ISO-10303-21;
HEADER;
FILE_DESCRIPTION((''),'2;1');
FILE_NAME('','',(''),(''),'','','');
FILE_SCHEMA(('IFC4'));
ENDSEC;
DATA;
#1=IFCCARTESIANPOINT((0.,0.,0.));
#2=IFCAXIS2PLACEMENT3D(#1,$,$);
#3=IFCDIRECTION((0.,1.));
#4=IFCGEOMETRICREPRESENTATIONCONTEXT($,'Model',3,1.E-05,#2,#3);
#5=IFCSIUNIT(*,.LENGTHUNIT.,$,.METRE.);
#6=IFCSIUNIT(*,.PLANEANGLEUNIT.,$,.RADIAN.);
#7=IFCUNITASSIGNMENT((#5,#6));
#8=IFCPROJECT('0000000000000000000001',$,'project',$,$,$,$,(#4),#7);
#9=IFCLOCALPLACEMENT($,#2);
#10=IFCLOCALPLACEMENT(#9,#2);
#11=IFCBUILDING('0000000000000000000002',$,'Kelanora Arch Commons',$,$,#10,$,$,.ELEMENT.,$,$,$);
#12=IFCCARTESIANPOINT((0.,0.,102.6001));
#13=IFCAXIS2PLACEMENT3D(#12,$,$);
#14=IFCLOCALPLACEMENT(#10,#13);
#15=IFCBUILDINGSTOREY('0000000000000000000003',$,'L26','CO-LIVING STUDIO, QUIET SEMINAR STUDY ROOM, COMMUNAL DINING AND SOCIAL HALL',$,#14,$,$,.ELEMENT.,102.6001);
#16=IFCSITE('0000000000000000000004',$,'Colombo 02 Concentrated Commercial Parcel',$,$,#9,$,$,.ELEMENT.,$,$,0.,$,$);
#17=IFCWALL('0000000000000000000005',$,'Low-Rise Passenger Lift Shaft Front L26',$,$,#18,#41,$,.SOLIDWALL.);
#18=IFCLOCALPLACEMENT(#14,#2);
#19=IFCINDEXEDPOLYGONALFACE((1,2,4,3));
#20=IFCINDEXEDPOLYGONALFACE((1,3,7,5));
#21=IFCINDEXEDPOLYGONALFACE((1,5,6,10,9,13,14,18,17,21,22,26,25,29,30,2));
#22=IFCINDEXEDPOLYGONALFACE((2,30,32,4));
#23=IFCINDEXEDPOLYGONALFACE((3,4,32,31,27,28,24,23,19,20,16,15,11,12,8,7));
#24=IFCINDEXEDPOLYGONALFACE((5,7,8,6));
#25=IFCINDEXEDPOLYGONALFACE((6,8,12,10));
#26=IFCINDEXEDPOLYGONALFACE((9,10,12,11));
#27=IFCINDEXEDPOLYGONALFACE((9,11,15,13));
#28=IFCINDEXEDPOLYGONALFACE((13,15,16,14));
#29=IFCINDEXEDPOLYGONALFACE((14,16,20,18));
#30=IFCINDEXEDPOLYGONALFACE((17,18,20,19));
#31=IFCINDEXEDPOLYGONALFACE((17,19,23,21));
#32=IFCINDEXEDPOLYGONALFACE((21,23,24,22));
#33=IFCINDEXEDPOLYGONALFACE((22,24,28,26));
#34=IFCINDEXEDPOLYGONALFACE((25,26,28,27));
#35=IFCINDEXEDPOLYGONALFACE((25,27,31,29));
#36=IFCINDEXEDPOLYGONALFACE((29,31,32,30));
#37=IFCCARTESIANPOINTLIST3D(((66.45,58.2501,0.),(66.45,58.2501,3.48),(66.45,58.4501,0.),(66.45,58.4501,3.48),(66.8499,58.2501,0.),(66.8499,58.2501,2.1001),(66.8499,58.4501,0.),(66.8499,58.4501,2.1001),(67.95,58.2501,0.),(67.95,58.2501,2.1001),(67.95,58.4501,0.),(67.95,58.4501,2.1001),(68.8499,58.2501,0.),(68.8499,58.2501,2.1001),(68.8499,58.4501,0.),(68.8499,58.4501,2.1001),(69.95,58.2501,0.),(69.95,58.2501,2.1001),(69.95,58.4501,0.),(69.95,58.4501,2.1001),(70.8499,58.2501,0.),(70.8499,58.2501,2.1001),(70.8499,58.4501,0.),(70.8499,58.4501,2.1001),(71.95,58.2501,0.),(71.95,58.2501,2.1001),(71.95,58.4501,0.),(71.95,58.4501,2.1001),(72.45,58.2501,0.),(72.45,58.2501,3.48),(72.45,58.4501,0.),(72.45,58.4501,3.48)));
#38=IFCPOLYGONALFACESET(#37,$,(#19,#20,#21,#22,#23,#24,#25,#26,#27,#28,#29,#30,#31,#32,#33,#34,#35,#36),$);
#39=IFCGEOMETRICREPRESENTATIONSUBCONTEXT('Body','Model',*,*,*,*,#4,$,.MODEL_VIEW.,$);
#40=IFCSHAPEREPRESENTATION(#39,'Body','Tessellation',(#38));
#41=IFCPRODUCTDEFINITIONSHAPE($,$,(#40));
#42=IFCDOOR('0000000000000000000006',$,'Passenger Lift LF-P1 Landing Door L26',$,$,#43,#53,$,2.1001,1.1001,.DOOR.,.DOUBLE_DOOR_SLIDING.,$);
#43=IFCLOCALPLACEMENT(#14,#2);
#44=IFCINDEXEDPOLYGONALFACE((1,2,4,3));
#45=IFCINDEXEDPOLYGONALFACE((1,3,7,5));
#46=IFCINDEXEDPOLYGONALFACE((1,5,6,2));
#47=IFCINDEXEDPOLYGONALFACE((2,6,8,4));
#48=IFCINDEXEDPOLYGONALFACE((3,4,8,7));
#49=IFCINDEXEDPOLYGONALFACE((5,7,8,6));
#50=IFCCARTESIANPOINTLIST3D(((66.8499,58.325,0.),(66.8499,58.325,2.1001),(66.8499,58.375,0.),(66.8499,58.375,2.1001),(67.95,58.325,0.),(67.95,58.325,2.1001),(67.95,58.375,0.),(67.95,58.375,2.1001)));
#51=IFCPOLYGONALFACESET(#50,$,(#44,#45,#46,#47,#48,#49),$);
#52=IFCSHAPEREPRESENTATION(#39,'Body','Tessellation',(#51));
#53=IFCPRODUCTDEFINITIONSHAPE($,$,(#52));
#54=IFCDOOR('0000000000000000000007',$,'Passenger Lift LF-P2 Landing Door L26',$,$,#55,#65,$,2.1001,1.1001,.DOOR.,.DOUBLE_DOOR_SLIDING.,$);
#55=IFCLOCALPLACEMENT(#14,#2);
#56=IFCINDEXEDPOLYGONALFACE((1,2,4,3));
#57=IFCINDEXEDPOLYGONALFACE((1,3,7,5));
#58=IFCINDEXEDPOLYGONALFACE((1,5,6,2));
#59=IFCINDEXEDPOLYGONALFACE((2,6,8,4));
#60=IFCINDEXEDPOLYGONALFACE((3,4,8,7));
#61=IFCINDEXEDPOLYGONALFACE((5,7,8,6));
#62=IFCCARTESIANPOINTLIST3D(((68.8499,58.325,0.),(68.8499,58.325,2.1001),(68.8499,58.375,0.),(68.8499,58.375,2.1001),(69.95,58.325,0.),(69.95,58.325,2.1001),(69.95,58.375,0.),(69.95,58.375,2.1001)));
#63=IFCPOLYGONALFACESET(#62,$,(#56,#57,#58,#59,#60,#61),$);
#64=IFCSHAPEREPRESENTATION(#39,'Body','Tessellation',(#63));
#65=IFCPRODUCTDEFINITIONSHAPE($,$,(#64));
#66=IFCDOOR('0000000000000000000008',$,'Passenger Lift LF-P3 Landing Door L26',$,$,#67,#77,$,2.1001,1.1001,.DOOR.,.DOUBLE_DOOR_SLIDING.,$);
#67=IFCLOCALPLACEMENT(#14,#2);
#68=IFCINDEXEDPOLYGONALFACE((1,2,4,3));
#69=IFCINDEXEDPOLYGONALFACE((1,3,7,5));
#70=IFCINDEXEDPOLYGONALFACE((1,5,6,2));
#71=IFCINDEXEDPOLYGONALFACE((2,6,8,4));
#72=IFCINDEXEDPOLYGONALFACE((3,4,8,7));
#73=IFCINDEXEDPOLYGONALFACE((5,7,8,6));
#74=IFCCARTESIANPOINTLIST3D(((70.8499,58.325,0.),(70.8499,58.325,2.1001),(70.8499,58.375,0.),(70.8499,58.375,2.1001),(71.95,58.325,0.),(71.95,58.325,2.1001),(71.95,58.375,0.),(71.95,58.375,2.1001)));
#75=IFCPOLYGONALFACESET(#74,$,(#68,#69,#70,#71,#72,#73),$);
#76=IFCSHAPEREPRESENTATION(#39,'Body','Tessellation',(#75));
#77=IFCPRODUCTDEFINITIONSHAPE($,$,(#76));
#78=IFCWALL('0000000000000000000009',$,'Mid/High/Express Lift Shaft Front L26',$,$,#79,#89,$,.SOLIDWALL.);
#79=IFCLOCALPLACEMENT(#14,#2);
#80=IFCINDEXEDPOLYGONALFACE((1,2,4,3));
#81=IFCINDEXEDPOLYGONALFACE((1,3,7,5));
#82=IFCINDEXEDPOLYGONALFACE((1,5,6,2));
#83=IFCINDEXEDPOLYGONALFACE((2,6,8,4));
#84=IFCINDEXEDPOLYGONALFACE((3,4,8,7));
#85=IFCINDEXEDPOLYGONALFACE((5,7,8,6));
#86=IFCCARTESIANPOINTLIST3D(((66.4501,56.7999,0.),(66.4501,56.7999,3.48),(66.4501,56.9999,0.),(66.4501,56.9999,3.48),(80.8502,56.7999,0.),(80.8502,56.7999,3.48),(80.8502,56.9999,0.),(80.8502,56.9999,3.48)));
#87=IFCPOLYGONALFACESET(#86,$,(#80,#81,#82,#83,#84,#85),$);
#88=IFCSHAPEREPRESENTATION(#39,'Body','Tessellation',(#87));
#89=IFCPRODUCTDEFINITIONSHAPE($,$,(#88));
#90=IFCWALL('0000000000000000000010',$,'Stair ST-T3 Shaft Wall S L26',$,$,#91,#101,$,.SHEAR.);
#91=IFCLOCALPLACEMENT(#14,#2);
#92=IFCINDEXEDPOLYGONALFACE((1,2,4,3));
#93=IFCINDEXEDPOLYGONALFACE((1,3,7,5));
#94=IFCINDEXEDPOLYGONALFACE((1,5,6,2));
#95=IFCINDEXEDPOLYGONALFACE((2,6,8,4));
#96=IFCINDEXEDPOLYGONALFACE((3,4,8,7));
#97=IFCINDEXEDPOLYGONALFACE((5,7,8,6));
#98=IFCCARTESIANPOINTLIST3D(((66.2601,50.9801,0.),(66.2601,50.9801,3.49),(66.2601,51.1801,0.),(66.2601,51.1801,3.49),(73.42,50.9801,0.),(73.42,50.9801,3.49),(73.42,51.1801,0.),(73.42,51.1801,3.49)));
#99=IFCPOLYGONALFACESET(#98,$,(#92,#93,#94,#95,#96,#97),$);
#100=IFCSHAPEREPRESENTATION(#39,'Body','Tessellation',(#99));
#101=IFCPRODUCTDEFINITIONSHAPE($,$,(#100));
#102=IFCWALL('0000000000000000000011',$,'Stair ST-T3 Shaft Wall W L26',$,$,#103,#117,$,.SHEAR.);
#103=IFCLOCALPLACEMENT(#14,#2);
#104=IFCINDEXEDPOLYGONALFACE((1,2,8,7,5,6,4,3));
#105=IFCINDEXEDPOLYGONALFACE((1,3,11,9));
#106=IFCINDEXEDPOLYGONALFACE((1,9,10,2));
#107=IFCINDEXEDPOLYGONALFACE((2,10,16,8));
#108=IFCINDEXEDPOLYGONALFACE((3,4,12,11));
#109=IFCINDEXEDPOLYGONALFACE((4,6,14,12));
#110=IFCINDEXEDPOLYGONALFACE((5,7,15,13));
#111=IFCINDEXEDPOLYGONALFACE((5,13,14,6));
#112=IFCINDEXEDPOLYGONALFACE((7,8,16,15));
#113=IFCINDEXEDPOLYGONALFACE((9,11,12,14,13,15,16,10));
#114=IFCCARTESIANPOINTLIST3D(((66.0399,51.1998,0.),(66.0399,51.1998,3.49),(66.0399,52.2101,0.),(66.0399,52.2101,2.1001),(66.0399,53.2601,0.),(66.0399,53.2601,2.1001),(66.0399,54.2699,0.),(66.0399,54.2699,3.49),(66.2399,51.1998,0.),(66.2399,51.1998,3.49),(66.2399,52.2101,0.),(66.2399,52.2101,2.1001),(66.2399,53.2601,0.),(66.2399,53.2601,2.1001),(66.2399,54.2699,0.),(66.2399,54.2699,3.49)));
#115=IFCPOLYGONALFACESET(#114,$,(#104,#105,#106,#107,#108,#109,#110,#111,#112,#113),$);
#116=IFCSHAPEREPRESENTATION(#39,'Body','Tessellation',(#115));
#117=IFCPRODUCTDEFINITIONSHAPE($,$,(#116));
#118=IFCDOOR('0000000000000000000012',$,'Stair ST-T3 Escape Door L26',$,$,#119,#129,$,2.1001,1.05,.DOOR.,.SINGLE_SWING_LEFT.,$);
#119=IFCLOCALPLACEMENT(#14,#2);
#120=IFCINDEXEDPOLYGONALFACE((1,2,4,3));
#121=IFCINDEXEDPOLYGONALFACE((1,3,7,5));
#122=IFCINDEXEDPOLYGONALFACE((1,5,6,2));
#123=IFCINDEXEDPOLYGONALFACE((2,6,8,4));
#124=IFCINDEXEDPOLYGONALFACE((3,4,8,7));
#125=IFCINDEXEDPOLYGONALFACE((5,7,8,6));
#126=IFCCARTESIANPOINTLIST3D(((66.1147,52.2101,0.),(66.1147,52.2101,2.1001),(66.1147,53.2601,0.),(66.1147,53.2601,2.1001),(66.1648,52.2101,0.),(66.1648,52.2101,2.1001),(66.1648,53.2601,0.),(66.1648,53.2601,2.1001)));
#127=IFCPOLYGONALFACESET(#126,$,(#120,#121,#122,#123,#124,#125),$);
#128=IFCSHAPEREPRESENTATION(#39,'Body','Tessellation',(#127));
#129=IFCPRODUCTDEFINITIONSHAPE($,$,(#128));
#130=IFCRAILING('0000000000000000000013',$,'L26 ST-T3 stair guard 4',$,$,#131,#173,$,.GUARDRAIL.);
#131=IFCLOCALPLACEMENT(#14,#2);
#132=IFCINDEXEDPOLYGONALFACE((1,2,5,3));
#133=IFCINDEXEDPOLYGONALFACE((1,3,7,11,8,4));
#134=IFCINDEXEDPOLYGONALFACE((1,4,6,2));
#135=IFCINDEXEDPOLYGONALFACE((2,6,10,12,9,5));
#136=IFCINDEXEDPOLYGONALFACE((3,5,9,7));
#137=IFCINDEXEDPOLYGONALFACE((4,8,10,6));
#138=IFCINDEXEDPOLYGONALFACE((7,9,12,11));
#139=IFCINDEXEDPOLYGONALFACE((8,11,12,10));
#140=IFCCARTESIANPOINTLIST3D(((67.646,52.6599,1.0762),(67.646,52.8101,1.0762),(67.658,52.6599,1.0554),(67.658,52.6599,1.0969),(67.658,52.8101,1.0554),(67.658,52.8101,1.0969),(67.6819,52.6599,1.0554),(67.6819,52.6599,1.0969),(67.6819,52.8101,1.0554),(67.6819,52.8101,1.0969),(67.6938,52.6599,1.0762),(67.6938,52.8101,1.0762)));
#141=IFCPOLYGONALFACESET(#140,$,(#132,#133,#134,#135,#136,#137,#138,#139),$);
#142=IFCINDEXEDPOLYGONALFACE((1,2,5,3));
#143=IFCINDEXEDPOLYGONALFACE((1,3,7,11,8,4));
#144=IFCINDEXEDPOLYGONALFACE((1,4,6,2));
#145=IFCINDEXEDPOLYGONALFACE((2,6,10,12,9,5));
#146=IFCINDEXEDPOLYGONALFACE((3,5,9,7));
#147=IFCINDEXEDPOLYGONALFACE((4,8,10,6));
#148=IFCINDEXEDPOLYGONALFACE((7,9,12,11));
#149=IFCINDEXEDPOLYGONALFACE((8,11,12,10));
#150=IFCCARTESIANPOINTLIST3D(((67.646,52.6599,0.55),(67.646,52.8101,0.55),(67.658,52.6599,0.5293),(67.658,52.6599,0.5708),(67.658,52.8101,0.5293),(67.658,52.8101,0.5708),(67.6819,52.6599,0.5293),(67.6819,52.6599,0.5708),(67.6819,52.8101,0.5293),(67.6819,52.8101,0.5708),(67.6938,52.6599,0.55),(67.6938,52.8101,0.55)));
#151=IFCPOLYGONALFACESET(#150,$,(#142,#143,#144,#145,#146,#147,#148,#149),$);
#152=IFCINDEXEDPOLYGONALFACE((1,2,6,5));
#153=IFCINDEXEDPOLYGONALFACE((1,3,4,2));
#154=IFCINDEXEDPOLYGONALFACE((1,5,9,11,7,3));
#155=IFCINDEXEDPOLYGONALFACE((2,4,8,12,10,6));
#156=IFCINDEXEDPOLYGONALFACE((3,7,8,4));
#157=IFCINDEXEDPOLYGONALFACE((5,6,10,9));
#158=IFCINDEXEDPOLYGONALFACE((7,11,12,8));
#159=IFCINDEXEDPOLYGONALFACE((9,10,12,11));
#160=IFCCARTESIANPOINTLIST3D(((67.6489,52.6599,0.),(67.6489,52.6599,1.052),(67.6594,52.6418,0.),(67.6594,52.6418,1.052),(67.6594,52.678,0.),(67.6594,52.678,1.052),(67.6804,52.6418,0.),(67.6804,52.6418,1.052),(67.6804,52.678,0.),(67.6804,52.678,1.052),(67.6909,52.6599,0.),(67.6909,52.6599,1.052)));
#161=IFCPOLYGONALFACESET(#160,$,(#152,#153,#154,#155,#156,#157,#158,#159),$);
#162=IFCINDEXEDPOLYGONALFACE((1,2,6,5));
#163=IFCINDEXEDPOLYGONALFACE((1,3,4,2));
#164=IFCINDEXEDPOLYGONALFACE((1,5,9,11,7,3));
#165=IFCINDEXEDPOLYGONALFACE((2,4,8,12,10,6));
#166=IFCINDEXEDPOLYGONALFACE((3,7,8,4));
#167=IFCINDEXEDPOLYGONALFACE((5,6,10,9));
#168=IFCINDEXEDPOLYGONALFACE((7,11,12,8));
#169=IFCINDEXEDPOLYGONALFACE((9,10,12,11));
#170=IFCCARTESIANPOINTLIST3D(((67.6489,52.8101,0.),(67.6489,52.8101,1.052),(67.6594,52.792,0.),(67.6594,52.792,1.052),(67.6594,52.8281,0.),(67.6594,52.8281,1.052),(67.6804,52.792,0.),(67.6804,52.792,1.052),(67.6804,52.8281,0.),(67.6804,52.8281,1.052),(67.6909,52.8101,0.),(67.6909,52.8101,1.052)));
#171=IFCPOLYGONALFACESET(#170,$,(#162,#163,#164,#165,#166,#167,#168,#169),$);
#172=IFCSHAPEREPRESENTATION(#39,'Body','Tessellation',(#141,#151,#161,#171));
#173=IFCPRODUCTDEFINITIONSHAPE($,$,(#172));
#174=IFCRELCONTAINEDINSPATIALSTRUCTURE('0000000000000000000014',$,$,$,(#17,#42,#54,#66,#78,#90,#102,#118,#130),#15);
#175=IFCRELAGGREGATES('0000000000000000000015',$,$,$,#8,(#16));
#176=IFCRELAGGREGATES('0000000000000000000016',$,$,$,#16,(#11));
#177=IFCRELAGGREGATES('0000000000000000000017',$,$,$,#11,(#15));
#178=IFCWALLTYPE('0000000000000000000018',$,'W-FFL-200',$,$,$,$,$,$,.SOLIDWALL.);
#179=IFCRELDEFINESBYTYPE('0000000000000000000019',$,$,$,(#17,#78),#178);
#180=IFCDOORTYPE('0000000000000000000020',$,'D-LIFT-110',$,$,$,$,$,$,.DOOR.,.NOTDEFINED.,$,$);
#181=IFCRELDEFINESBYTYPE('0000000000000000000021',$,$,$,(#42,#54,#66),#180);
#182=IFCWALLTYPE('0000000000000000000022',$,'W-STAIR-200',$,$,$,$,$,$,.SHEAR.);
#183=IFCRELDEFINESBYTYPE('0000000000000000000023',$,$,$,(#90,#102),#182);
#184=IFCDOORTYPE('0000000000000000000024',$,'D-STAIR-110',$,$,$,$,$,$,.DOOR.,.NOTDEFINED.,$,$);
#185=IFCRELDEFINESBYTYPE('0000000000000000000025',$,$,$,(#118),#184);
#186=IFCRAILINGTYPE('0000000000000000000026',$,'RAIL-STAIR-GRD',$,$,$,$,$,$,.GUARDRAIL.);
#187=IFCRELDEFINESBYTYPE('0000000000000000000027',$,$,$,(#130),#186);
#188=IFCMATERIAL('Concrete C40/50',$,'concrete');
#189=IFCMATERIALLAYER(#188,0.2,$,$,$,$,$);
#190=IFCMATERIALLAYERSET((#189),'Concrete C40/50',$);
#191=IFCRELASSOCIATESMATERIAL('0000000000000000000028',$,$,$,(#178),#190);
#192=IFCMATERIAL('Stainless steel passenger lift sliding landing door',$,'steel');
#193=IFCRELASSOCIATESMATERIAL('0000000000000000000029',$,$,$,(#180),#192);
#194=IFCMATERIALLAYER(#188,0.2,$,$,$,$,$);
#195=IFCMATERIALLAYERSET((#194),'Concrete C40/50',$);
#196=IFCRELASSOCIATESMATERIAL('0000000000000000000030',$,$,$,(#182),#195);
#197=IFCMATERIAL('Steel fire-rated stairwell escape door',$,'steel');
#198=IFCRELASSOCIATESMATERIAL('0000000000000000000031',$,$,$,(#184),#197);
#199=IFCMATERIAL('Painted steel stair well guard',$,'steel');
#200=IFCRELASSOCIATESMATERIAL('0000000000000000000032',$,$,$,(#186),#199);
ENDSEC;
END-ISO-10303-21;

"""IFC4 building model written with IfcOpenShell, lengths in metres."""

from ifc_helpers import new_model, si_unit, direction, frame, frame_2d, origin, place, context, subcontext, project, spatial, polyline, rectangle, outline, extrude, material, layer, layer_set, type_object, element, fill, save


model = new_model("IFC4")

# Units and contexts
model_context = context("Model", 3, precision=1e-05, world=origin(), true_north=direction((0.0, 1.0)))
body_context = subcontext(model_context, "Body", "Model", "MODEL_VIEW")
ifc_project = project(units=[si_unit("LENGTHUNIT", "METRE"), si_unit("PLANEANGLEUNIT", "RADIAN")], contexts=[model_context])

# Site, building, storey
site_placement = place(None, origin())
site = spatial("IfcSite", under=ifc_project, at=site_placement, Name="Colombo 02 Concentrated Commercial Parcel", CompositionType="ELEMENT", RefElevation=0.0)
building_placement = place(site_placement, origin())
building = spatial("IfcBuilding", under=site, at=building_placement, Name="Kelanora Arch Commons", CompositionType="ELEMENT")
storey_placement = place(building_placement, frame((0.0, 0.0, 102.6001)))
storey = spatial("IfcBuildingStorey", under=building, at=storey_placement, Name="L26", Description="CO-LIVING STUDIO, QUIET SEMINAR STUDY ROOM, COMMUNAL DINING AND SOCIAL HALL", CompositionType="ELEMENT", Elevation=102.6001)

# Wall, openings, doors
ifc_material_1 = material(Name="Concrete C40/50", Category="concrete")
ifc_layer_1 = layer(ifc_material_1, 0.2)
ifc_layer_set_1 = layer_set([ifc_layer_1], Name="Concrete C40/50")
wall_type_1 = type_object("IfcWallType", Name="W-FFL-200", PredefinedType="SOLIDWALL", material=ifc_layer_set_1)
wall_1_placement = place(storey_placement, frame((66.45, 58.3501, 0.0), z_axis=(0.0, 0.0, 1.0), x_axis=(1.0, 0.0, 0.0)))
wall_1 = element("IfcWall", 1, at=wall_1_placement, inside=storey, type_object=wall_type_1, Name="Low-Rise Passenger Lift Shaft Front L26", PredefinedType="SOLIDWALL", context=body_context, shape_type="SweptSolid", body=[
    extrude(rectangle(XDim=6.0, YDim=0.2, at=frame_2d((3.0, 0.0))), origin(), (0.0, 0.0, 1.0), 3.48),
])
opening_1_placement = place(wall_1_placement, frame((0.3999, 0.0, 0.0)))
opening_1 = element("IfcOpeningElement", 2, at=opening_1_placement, cuts=wall_1, PredefinedType="OPENING", context=body_context, shape_type="SweptSolid", body=[
    extrude(rectangle(XDim=1.1001, YDim=2.1001, at=frame_2d((0.55, 1.05))), frame((0.0, 0.1099, 0.0), z_axis=(0.0, -1.0, 0.0), x_axis=(1.0, 0.0, 0.0)), (0.0, 0.0, 1.0), 0.22),
])
opening_2_placement = place(wall_1_placement, frame((2.3999, 0.0, 0.0)))
opening_2 = element("IfcOpeningElement", 3, at=opening_2_placement, cuts=wall_1, PredefinedType="OPENING", context=body_context, shape_type="SweptSolid", body=[
    extrude(rectangle(XDim=1.1001, YDim=2.1001, at=frame_2d((0.55, 1.05))), frame((0.0, 0.1099, 0.0), z_axis=(0.0, -1.0, 0.0), x_axis=(1.0, 0.0, 0.0)), (0.0, 0.0, 1.0), 0.22),
])
opening_3_placement = place(wall_1_placement, frame((4.3999, 0.0, 0.0)))
opening_3 = element("IfcOpeningElement", 4, at=opening_3_placement, cuts=wall_1, PredefinedType="OPENING", context=body_context, shape_type="SweptSolid", body=[
    extrude(rectangle(XDim=1.1001, YDim=2.1001, at=frame_2d((0.55, 1.05))), frame((0.0, 0.1099, 0.0), z_axis=(0.0, -1.0, 0.0), x_axis=(1.0, 0.0, 0.0)), (0.0, 0.0, 1.0), 0.22),
])
ifc_material_2 = material(Name="Stainless steel passenger lift sliding landing door", Category="steel")
door_type_1 = type_object("IfcDoorType", Name="D-LIFT-110", OperationType="NOTDEFINED", PredefinedType="DOOR", material=ifc_material_2)
door_1_placement = place(opening_1_placement, origin())
door_1 = element("IfcDoor", 5, at=door_1_placement, inside=storey, type_object=door_type_1, Name="Passenger Lift LF-P1 Landing Door L26", OperationType="DOUBLE_DOOR_SLIDING", OverallHeight=2.1001, OverallWidth=1.1001, PredefinedType="DOOR", context=body_context, shape_type="SweptSolid", body=[
    extrude(rectangle(XDim=1.1001, YDim=2.1001, at=frame_2d((0.55, 1.05))), frame((0.0, 0.0249, 0.0), z_axis=(0.0, -1.0, 0.0), x_axis=(1.0, 0.0, 0.0)), (0.0, 0.0, 1.0), 0.05),
])
fill(opening_1, door_1)
door_2_placement = place(opening_2_placement, origin())
door_2 = element("IfcDoor", 6, at=door_2_placement, inside=storey, type_object=door_type_1, Name="Passenger Lift LF-P2 Landing Door L26", OperationType="DOUBLE_DOOR_SLIDING", OverallHeight=2.1001, OverallWidth=1.1001, PredefinedType="DOOR", context=body_context, shape_type="SweptSolid", body=[
    extrude(rectangle(XDim=1.1001, YDim=2.1001, at=frame_2d((0.55, 1.05))), frame((0.0, 0.0249, 0.0), z_axis=(0.0, -1.0, 0.0), x_axis=(1.0, 0.0, 0.0)), (0.0, 0.0, 1.0), 0.05),
])
fill(opening_2, door_2)
door_3_placement = place(opening_3_placement, origin())
door_3 = element("IfcDoor", 7, at=door_3_placement, inside=storey, type_object=door_type_1, Name="Passenger Lift LF-P3 Landing Door L26", OperationType="DOUBLE_DOOR_SLIDING", OverallHeight=2.1001, OverallWidth=1.1001, PredefinedType="DOOR", context=body_context, shape_type="SweptSolid", body=[
    extrude(rectangle(XDim=1.1001, YDim=2.1001, at=frame_2d((0.55, 1.05))), frame((0.0, 0.0249, 0.0), z_axis=(0.0, -1.0, 0.0), x_axis=(1.0, 0.0, 0.0)), (0.0, 0.0, 1.0), 0.05),
])
fill(opening_3, door_3)

# Walls
wall_2_placement = place(storey_placement, frame((66.45, 56.8999, 0.0), z_axis=(0.0, 0.0, 1.0), x_axis=(1.0, 0.0, 0.0)))
element("IfcWall", 8, at=wall_2_placement, inside=storey, type_object=wall_type_1, Name="Mid/High/Express Lift Shaft Front L26", PredefinedType="SOLIDWALL", context=body_context, shape_type="SweptSolid", body=[
    extrude(rectangle(XDim=14.4001, YDim=0.2, at=frame_2d((7.2002, 0.0))), origin(), (0.0, 0.0, 1.0), 3.48),
])
ifc_layer_2 = layer(ifc_material_1, 0.2)
ifc_layer_set_2 = layer_set([ifc_layer_2], Name="Concrete C40/50")
wall_type_2 = type_object("IfcWallType", Name="W-STAIR-200", PredefinedType="SHEAR", material=ifc_layer_set_2)
wall_3_placement = place(storey_placement, frame((66.26, 51.0801, 0.0), z_axis=(0.0, 0.0, 1.0), x_axis=(1.0, 0.0, 0.0)))
element("IfcWall", 9, at=wall_3_placement, inside=storey, type_object=wall_type_2, Name="Stair ST-T3 Shaft Wall S L26", PredefinedType="SHEAR", context=body_context, shape_type="SweptSolid", body=[
    extrude(rectangle(XDim=7.1599, YDim=0.2, at=frame_2d((3.5801, 0.0))), origin(), (0.0, 0.0, 1.0), 3.49),
])

# Wall, opening, door
wall_4_placement = place(storey_placement, frame((66.1399, 54.27, 0.0), z_axis=(0.0, 0.0, 1.0), x_axis=(0.0, -1.0, 0.0)))
wall_4 = element("IfcWall", 10, at=wall_4_placement, inside=storey, type_object=wall_type_2, Name="Stair ST-T3 Shaft Wall W L26", PredefinedType="SHEAR", context=body_context, shape_type="SweptSolid", body=[
    extrude(rectangle(XDim=3.0701, YDim=0.2, at=frame_2d((1.5352, 0.0))), origin(), (0.0, 0.0, 1.0), 3.49),
])
opening_4_placement = place(wall_4_placement, frame((1.01, 0.0, 0.0)))
opening_4 = element("IfcOpeningElement", 11, at=opening_4_placement, cuts=wall_4, PredefinedType="OPENING", context=body_context, shape_type="SweptSolid", body=[
    extrude(rectangle(XDim=1.05, YDim=2.1001, at=frame_2d((0.5249, 1.05))), frame((0.0, 0.1099, 0.0), z_axis=(0.0, -1.0, 0.0), x_axis=(1.0, 0.0, 0.0)), (0.0, 0.0, 1.0), 0.22),
])
ifc_material_3 = material(Name="Steel fire-rated stairwell escape door", Category="steel")
door_type_2 = type_object("IfcDoorType", Name="D-STAIR-110", OperationType="NOTDEFINED", PredefinedType="DOOR", material=ifc_material_3)
door_4_placement = place(opening_4_placement, origin())
door_4 = element("IfcDoor", 12, at=door_4_placement, inside=storey, type_object=door_type_2, Name="Stair ST-T3 Escape Door L26", OperationType="SINGLE_SWING_LEFT", OverallHeight=2.1001, OverallWidth=1.05, PredefinedType="DOOR", context=body_context, shape_type="SweptSolid", body=[
    extrude(rectangle(XDim=1.05, YDim=2.1001, at=frame_2d((0.5249, 1.05))), frame((0.0, 0.0249, 0.0), z_axis=(0.0, -1.0, 0.0), x_axis=(1.0, 0.0, 0.0)), (0.0, 0.0, 1.0), 0.05),
])
fill(opening_4, door_4)

# Railing
ifc_material_4 = material(Name="Painted steel stair well guard", Category="steel")
railing_type = type_object("IfcRailingType", Name="RAIL-STAIR-GRD", PredefinedType="GUARDRAIL", material=ifc_material_4)
railing_placement = place(storey_placement, frame((67.6699, 52.6599, 0.0)))
element("IfcRailing", 13, at=railing_placement, inside=storey, type_object=railing_type, Name="L26 ST-T3 stair guard 4", PredefinedType="GUARDRAIL", context=body_context, shape_type="SweptSolid", body=[
    extrude(outline(polyline([(0.0239, 0.0), (0.012, 0.0208), (-0.012, 0.0208), (-0.0239, 0.0), (-0.012, -0.0208), (0.012, -0.0208), (0.0239, 0.0)])), frame((0.0, 0.0, 1.0762), z_axis=(0.0, 1.0, 0.0), x_axis=(-1.0, 0.0, 0.0)), (0.0, 0.0, 1.0), 0.1501),
    extrude(outline(polyline([(0.0239, 0.0), (0.012, 0.0208), (-0.012, 0.0208), (-0.0239, 0.0), (-0.012, -0.0208), (0.012, -0.0208), (0.0239, 0.0)])), frame((0.0, 0.0, 0.55), z_axis=(0.0, 1.0, 0.0), x_axis=(-1.0, 0.0, 0.0)), (0.0, 0.0, 1.0), 0.1501),
    extrude(outline(polyline([(0.021, 0.0), (0.0105, 0.0181), (-0.0105, 0.0181), (-0.021, 0.0), (-0.0105, -0.0181), (0.0105, -0.0181), (0.021, 0.0)])), origin(), (0.0, 0.0, 1.0), 1.052),
    extrude(outline(polyline([(0.021, 0.0), (0.0105, 0.0181), (-0.0105, 0.0181), (-0.021, 0.0), (-0.0105, -0.0181), (0.0105, -0.0181), (0.021, 0.0)])), frame((0.0, 0.1501, 0.0)), (0.0, 0.0, 1.0), 1.052),
])

save(model, "model.ifc")
